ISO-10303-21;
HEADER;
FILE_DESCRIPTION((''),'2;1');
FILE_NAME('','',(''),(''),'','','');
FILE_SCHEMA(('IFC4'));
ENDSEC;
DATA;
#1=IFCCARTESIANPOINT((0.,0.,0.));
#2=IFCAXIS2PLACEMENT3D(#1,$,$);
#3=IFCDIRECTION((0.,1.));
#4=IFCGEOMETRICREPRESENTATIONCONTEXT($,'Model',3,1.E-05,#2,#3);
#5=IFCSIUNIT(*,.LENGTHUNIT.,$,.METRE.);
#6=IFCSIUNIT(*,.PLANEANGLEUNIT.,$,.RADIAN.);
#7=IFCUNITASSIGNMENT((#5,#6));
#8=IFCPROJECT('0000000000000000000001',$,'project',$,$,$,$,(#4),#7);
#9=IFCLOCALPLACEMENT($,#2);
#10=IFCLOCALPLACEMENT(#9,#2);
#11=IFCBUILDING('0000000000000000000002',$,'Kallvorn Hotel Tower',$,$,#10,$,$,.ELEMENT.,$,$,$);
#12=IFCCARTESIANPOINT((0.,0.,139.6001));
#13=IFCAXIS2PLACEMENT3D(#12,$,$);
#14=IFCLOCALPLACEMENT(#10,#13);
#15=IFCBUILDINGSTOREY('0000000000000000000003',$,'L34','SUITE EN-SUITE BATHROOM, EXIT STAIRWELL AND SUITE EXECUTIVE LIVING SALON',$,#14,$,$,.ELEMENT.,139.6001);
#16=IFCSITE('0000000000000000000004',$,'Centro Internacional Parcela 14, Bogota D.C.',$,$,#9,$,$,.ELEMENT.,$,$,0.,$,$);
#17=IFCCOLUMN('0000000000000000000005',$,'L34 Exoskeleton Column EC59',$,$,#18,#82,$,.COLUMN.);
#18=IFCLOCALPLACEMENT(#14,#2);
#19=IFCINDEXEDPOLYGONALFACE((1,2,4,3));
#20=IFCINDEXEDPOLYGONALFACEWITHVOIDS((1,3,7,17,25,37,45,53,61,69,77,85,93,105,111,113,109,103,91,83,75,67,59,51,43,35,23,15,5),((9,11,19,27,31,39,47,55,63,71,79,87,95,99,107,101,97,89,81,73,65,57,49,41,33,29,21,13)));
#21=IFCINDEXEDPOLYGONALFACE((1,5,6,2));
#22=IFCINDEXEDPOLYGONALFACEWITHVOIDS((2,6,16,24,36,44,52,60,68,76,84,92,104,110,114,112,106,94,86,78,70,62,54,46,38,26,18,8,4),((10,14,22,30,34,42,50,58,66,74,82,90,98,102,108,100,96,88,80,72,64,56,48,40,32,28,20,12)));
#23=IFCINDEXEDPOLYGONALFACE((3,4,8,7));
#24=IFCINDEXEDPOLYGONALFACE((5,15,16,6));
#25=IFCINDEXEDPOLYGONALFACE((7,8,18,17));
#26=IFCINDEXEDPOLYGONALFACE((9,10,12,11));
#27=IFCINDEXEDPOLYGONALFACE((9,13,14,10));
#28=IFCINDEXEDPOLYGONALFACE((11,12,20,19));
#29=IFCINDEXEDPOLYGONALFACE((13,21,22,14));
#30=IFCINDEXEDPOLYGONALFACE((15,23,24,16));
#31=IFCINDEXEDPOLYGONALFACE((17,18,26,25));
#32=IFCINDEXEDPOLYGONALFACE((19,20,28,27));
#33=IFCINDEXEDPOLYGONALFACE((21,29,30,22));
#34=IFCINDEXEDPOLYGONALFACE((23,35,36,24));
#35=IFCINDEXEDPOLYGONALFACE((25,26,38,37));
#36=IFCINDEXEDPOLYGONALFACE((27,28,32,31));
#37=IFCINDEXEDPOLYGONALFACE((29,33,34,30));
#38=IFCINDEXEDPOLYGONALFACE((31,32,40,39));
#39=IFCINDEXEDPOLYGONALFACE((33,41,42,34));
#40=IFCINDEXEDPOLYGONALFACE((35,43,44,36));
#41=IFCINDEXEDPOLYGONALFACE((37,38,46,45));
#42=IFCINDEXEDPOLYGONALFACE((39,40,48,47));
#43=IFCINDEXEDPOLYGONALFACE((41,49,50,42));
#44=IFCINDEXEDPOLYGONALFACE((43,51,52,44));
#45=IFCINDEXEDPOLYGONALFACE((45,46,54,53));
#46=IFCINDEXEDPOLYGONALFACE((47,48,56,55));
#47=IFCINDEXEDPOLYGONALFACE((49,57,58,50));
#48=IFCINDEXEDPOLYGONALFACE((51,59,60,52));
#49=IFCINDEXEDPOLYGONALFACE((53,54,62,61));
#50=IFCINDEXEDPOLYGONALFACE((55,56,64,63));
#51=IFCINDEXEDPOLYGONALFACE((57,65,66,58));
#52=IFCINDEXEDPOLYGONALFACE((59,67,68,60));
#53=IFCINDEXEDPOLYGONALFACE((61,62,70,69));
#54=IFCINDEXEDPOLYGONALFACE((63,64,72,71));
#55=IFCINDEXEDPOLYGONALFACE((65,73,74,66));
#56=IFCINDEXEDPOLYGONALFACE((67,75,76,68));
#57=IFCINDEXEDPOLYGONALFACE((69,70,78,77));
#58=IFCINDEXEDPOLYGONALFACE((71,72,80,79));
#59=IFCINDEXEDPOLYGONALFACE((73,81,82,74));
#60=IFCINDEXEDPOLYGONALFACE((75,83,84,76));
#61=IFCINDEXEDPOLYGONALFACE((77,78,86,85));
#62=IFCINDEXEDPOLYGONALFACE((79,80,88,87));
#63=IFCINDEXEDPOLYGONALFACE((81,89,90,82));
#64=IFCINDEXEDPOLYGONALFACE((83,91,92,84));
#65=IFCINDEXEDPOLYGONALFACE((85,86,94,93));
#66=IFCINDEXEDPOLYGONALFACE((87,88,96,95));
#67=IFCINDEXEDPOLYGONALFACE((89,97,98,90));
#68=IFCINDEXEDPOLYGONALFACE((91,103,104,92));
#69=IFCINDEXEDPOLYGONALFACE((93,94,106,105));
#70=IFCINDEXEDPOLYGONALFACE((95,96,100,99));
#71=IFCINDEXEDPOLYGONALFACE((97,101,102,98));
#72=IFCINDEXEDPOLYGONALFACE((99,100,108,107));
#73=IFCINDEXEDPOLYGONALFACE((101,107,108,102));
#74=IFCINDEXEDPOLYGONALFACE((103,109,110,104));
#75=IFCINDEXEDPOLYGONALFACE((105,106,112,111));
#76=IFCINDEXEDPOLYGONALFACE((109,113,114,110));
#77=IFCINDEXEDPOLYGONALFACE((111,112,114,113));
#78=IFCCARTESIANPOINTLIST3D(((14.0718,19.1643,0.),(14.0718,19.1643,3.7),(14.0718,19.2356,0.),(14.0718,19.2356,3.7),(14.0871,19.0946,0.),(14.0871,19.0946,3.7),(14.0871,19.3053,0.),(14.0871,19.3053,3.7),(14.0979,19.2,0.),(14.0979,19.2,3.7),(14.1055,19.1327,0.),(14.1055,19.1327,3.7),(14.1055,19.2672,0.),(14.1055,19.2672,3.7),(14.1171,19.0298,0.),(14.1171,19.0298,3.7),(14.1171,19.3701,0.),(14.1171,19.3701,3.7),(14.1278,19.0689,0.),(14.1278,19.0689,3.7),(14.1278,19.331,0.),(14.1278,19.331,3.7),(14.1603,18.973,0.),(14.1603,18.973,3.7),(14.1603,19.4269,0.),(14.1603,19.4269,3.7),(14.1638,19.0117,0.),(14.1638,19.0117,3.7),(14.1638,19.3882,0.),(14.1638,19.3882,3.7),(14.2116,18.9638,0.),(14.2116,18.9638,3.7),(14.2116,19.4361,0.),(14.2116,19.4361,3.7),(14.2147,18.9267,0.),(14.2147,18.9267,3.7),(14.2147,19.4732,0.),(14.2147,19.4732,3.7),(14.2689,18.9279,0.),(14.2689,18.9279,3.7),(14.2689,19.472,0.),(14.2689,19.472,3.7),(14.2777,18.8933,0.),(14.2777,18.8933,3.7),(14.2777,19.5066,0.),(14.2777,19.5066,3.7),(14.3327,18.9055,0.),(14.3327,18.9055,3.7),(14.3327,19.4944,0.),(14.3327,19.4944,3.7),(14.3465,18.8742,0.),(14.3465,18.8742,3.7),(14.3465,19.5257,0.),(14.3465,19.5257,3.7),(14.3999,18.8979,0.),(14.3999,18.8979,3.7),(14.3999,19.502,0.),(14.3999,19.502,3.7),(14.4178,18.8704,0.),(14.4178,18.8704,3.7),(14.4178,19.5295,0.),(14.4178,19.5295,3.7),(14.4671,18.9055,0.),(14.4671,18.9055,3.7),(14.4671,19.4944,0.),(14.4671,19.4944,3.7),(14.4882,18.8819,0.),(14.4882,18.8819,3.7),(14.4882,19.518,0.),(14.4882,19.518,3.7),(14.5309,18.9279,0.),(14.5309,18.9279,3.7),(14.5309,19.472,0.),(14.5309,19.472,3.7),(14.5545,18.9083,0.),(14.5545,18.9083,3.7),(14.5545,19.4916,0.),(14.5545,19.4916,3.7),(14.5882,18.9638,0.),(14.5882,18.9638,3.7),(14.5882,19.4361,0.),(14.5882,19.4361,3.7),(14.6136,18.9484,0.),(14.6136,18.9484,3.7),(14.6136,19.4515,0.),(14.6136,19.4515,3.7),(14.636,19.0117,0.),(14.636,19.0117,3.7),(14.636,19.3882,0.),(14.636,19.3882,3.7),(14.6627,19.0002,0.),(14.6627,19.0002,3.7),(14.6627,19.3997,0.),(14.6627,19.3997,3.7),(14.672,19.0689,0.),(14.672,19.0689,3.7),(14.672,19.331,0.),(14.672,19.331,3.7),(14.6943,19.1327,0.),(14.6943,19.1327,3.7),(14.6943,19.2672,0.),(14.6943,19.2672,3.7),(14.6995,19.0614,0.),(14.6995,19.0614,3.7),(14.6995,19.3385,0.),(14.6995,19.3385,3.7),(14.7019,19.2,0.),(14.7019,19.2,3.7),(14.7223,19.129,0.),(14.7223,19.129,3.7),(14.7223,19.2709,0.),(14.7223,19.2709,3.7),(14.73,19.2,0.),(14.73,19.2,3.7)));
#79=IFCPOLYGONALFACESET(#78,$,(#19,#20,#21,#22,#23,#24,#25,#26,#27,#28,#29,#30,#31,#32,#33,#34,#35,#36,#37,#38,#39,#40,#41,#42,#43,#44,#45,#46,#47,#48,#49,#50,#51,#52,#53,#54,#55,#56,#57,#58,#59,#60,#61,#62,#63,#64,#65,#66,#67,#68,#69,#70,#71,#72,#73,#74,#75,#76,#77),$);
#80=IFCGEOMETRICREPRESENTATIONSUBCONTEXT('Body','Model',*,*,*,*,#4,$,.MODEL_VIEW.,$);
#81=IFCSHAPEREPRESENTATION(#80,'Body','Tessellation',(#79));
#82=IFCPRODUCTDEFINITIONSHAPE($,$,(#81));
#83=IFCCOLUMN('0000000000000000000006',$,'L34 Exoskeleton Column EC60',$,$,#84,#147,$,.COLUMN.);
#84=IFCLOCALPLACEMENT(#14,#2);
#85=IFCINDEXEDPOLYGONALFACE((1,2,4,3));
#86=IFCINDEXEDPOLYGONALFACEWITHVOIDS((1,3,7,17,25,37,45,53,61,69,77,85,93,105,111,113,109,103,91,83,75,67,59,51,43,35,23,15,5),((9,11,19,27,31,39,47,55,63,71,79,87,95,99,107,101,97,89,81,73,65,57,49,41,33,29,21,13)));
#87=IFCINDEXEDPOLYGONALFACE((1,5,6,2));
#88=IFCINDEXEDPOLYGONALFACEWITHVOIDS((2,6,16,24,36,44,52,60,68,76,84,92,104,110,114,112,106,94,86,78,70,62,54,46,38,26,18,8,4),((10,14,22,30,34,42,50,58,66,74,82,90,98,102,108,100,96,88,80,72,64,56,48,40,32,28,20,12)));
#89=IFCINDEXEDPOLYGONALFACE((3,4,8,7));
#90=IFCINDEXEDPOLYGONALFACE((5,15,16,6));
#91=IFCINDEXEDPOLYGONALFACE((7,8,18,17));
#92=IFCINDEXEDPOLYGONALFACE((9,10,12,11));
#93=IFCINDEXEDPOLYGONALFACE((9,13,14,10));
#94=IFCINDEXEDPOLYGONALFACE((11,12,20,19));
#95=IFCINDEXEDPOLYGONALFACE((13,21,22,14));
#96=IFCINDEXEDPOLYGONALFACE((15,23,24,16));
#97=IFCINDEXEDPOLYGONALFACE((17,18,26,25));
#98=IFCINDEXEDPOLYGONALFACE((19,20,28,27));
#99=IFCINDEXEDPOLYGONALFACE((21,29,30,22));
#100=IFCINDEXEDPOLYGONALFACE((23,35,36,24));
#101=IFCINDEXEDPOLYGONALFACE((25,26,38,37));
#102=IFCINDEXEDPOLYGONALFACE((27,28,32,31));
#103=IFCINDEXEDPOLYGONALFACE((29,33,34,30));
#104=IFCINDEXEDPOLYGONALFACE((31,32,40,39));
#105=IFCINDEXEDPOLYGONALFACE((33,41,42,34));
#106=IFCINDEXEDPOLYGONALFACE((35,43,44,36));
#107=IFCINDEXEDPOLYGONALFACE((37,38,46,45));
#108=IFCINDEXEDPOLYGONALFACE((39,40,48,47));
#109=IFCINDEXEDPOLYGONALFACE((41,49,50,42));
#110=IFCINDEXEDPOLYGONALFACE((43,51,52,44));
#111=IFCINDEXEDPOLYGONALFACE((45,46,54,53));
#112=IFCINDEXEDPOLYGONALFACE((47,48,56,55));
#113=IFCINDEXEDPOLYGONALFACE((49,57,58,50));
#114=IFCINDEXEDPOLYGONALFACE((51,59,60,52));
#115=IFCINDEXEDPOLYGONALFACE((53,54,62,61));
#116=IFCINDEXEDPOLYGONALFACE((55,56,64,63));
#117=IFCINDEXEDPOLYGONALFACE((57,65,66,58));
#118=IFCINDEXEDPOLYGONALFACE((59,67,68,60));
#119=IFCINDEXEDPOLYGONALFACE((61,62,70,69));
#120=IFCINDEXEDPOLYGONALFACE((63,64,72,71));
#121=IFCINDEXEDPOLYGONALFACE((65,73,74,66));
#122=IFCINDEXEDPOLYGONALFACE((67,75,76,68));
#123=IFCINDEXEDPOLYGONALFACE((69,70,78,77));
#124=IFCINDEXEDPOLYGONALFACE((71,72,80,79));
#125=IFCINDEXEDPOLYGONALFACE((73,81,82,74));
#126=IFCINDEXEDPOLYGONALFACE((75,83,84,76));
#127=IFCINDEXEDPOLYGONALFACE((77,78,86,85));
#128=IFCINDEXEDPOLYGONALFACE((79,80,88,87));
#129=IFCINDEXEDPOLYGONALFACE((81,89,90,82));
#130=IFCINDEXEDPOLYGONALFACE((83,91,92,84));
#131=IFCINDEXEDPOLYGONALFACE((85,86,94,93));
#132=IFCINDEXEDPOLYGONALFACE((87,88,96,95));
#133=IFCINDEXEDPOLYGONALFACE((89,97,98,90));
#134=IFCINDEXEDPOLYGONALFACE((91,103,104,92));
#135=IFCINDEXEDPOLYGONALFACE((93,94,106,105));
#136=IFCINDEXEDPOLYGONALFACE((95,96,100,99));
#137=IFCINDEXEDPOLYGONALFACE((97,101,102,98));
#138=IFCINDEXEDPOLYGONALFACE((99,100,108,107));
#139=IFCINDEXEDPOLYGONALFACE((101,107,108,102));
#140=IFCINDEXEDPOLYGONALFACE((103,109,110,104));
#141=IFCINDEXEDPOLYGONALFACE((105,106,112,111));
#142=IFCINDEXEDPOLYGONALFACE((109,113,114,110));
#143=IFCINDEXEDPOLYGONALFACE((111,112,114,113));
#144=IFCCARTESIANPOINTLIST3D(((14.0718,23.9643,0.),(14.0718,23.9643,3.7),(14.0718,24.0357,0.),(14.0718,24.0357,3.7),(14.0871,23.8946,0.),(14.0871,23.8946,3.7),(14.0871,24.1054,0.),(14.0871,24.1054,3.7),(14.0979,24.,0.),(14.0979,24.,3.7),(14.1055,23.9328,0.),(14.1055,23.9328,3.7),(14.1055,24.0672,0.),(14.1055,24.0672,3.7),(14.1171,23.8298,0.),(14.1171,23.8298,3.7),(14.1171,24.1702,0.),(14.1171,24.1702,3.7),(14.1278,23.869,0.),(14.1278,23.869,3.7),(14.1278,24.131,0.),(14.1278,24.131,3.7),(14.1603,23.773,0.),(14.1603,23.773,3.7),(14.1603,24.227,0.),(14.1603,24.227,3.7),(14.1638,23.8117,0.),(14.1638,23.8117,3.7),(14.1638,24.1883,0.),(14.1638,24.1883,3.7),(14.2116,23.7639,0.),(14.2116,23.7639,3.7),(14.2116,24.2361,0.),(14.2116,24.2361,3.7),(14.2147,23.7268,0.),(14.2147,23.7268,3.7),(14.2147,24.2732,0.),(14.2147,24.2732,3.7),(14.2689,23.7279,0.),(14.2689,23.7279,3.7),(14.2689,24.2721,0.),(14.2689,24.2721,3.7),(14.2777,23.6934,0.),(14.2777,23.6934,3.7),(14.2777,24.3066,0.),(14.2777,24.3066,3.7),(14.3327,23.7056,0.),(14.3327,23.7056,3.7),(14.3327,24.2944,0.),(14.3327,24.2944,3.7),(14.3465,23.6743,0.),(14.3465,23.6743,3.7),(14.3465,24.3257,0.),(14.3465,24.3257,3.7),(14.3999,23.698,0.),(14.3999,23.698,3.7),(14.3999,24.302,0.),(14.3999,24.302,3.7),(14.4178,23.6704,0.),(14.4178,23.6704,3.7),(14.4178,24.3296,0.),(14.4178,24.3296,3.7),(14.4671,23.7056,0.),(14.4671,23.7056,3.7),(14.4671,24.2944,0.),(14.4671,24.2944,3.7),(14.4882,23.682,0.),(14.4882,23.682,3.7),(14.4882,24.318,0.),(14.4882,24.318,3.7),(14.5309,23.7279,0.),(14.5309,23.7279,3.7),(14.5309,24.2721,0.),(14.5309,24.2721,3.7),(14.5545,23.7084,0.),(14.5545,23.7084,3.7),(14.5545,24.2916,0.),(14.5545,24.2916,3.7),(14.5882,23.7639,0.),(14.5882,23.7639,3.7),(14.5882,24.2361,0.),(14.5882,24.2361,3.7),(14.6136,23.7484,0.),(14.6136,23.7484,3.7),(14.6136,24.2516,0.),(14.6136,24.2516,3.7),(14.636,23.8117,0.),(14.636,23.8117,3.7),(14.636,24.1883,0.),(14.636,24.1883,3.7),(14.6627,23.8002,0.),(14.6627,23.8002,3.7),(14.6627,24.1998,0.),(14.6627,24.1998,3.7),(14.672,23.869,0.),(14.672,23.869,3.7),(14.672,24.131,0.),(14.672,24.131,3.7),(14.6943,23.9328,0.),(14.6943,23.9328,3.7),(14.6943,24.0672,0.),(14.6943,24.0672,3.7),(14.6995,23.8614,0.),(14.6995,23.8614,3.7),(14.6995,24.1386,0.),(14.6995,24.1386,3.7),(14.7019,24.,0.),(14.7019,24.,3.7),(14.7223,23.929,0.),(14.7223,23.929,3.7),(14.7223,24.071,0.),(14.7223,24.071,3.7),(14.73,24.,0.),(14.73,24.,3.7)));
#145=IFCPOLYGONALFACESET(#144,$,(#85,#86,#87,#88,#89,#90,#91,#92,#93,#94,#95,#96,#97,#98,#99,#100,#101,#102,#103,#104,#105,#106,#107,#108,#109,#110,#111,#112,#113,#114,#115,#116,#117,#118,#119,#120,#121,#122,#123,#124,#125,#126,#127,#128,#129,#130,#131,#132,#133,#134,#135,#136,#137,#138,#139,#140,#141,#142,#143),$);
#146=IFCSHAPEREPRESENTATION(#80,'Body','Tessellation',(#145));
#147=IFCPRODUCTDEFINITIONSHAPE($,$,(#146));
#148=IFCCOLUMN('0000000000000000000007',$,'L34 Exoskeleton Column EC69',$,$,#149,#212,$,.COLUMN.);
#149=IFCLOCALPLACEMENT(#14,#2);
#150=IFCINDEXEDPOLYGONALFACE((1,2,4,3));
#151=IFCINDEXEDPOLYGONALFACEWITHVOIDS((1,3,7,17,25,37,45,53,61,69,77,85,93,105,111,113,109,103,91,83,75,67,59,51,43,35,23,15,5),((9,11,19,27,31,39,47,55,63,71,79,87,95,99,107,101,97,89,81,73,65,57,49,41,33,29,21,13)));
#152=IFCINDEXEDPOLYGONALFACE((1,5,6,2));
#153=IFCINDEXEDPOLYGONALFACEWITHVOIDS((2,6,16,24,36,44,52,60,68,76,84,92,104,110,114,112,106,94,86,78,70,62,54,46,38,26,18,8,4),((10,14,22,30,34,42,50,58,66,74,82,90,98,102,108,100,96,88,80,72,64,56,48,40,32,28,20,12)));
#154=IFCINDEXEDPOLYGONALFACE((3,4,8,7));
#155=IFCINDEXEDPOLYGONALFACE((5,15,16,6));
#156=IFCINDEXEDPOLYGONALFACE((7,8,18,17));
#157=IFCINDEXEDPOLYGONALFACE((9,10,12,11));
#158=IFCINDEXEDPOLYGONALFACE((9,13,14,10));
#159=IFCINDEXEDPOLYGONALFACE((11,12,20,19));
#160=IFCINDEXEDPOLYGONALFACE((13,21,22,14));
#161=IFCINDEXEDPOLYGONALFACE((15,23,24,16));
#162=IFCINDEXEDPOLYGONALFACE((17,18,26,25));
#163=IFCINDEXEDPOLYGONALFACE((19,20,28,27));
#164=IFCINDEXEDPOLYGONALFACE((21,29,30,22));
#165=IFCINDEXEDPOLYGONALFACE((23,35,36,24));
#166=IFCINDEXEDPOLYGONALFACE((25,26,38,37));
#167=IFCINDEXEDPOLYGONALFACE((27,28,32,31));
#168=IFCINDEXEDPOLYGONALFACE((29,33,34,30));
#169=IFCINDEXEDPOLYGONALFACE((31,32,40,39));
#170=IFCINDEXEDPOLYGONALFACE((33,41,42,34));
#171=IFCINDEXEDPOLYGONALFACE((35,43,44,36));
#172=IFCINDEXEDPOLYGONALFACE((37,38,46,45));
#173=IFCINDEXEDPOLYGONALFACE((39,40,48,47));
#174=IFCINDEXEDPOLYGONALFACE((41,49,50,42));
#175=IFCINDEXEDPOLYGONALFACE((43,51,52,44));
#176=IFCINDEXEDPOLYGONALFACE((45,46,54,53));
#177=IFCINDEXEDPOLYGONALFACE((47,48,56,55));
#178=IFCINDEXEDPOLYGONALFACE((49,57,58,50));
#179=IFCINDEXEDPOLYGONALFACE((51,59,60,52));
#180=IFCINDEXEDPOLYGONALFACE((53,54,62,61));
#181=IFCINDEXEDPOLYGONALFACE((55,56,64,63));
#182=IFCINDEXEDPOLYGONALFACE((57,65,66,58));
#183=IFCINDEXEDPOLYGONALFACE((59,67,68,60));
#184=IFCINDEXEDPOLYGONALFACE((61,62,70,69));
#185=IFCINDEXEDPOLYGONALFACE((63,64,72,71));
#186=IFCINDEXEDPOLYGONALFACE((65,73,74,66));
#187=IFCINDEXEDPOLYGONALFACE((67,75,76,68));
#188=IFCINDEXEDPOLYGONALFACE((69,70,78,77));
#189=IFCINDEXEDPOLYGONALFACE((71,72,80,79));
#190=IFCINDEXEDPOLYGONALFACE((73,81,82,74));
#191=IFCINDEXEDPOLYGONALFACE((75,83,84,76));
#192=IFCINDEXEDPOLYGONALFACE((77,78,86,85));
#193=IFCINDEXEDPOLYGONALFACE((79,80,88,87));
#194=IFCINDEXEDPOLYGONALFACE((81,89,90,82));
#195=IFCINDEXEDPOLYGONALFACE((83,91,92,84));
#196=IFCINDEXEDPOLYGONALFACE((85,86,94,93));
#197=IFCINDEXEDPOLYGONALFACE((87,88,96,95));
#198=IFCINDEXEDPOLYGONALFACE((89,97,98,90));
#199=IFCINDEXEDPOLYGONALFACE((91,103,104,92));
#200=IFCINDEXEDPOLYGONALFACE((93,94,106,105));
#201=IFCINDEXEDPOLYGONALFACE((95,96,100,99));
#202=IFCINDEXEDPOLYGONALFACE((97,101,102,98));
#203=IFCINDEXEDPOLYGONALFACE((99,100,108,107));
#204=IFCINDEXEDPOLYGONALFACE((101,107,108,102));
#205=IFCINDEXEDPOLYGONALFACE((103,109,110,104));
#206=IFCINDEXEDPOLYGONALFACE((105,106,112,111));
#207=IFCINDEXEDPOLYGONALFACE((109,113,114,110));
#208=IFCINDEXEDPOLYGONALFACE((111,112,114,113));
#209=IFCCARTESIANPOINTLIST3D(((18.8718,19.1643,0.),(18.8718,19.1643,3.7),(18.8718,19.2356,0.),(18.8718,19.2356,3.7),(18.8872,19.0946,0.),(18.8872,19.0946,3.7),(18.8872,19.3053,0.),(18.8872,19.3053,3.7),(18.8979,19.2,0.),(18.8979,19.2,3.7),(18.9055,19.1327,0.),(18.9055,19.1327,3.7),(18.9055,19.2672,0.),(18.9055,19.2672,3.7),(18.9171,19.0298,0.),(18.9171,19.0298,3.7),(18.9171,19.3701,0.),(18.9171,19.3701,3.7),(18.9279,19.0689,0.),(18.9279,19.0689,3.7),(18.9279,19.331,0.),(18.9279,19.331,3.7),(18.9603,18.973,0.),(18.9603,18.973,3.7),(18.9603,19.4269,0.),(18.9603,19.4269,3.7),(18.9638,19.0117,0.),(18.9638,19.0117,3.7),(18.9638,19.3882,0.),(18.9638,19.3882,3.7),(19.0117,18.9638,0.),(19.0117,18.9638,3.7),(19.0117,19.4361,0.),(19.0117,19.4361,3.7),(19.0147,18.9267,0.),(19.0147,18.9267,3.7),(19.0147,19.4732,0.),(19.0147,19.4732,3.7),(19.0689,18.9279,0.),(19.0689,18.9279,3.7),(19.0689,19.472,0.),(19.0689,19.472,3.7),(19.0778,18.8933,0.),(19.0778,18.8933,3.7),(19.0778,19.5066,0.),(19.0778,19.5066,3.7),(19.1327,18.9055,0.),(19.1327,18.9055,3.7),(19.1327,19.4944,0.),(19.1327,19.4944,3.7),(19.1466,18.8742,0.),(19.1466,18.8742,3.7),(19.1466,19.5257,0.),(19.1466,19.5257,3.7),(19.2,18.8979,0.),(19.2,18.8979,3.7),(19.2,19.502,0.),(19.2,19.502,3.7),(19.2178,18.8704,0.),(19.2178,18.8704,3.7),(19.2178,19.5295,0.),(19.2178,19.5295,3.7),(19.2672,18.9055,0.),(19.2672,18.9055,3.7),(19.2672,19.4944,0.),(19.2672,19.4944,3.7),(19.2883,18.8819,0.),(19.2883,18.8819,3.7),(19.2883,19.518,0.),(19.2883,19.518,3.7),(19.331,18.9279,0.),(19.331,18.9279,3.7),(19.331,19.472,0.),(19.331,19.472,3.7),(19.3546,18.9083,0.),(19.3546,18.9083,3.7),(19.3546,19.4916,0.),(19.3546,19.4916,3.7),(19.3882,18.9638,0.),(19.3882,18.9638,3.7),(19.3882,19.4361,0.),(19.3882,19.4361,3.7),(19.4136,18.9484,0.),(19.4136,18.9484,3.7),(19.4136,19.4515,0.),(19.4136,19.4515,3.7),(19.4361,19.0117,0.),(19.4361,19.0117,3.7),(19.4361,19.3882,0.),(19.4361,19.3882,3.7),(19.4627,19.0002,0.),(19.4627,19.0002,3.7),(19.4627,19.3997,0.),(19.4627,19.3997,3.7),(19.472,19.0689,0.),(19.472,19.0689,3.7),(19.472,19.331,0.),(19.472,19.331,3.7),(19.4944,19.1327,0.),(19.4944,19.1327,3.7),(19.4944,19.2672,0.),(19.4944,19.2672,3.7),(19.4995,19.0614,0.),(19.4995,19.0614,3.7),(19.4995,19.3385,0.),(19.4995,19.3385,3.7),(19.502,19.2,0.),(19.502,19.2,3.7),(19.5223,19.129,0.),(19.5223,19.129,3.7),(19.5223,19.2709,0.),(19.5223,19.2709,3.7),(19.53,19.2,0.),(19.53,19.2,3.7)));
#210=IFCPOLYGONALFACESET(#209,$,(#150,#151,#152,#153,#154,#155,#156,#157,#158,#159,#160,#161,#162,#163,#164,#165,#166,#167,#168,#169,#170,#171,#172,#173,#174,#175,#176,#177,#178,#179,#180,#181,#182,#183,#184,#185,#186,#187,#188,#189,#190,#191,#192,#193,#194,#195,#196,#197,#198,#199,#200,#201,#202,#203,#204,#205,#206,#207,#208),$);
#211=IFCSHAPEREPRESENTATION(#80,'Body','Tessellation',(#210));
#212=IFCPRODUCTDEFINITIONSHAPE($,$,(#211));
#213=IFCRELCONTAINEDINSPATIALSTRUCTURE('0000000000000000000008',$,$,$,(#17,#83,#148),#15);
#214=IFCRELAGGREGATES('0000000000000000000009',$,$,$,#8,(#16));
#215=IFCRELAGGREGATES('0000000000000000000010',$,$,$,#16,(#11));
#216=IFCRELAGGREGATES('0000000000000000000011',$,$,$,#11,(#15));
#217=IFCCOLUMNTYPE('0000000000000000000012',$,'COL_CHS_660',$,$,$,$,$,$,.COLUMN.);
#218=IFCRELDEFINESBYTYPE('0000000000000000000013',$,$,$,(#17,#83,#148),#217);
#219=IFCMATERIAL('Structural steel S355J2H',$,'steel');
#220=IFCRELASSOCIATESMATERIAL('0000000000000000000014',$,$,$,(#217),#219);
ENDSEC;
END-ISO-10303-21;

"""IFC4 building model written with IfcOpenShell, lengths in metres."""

from ifc_helpers import new_model, si_unit, direction, frame, origin, origin_2d, place, context, subcontext, project, spatial, hollow_circle, extrude, material, material_profile, profile_set, type_object, element, save


model = new_model("IFC4")

# Units and contexts
model_context = context("Model", 3, precision=1e-05, world=origin(), true_north=direction((0.0, 1.0)))
body_context = subcontext(model_context, "Body", "Model", "MODEL_VIEW")
ifc_project = project(units=[si_unit("LENGTHUNIT", "METRE"), si_unit("PLANEANGLEUNIT", "RADIAN")], contexts=[model_context])

# Site, building, storey
site_placement = place(None, origin())
site = spatial("IfcSite", under=ifc_project, at=site_placement, Name="Centro Internacional Parcela 14, Bogota D.C.", CompositionType="ELEMENT", RefElevation=0.0)
building_placement = place(site_placement, origin())
building = spatial("IfcBuilding", under=site, at=building_placement, Name="Kallvorn Hotel Tower", CompositionType="ELEMENT")
storey_placement = place(building_placement, frame((0.0, 0.0, 139.6001)))
storey = spatial("IfcBuildingStorey", under=building, at=storey_placement, Name="L34", Description="SUITE EN-SUITE BATHROOM, EXIT STAIRWELL AND SUITE EXECUTIVE LIVING SALON", CompositionType="ELEMENT", Elevation=139.6001)

# Columns
ifc_material_1 = material(Name="Structural steel S355J2H", Category="steel")
ifc_material_profile_1 = material_profile(ifc_material_1, hollow_circle(Radius=0.3301, WallThickness=0.0281, at=origin_2d()), Name="CHS 660x28")
ifc_profile_set_1 = profile_set([ifc_material_profile_1], Name="Structural steel S355J2H")
column_type = type_object("IfcColumnType", Name="COL_CHS_660", PredefinedType="COLUMN", material=ifc_profile_set_1)
for number, where, z_axis, x_axis, name in (
    (1, (14.3999, 19.2, 0.0), (0.0, 0.0, 1.0), (1.0, 0.0, 0.0), "L34 Exoskeleton Column EC59"),
    (2, (14.3999, 24.0, 0.0), (0.0, 0.0, 1.0), (1.0, 0.0, 0.0), "L34 Exoskeleton Column EC60"),
    (3, (19.2, 19.2, 0.0), (0.0, 0.0, 1.0), (1.0, 0.0, 0.0), "L34 Exoskeleton Column EC69"),
):
    element("IfcColumn", number, at=place(storey_placement, frame(where, z_axis=z_axis, x_axis=x_axis)), inside=storey, type_object=column_type, Name=name, PredefinedType="COLUMN", context=body_context, shape_type="SweptSolid", body=[
        extrude(hollow_circle(Radius=0.3301, WallThickness=0.0281, at=origin_2d()), origin(), (0.0, 0.0, 1.0), 3.7),
    ])

save(model, "model.ifc")
